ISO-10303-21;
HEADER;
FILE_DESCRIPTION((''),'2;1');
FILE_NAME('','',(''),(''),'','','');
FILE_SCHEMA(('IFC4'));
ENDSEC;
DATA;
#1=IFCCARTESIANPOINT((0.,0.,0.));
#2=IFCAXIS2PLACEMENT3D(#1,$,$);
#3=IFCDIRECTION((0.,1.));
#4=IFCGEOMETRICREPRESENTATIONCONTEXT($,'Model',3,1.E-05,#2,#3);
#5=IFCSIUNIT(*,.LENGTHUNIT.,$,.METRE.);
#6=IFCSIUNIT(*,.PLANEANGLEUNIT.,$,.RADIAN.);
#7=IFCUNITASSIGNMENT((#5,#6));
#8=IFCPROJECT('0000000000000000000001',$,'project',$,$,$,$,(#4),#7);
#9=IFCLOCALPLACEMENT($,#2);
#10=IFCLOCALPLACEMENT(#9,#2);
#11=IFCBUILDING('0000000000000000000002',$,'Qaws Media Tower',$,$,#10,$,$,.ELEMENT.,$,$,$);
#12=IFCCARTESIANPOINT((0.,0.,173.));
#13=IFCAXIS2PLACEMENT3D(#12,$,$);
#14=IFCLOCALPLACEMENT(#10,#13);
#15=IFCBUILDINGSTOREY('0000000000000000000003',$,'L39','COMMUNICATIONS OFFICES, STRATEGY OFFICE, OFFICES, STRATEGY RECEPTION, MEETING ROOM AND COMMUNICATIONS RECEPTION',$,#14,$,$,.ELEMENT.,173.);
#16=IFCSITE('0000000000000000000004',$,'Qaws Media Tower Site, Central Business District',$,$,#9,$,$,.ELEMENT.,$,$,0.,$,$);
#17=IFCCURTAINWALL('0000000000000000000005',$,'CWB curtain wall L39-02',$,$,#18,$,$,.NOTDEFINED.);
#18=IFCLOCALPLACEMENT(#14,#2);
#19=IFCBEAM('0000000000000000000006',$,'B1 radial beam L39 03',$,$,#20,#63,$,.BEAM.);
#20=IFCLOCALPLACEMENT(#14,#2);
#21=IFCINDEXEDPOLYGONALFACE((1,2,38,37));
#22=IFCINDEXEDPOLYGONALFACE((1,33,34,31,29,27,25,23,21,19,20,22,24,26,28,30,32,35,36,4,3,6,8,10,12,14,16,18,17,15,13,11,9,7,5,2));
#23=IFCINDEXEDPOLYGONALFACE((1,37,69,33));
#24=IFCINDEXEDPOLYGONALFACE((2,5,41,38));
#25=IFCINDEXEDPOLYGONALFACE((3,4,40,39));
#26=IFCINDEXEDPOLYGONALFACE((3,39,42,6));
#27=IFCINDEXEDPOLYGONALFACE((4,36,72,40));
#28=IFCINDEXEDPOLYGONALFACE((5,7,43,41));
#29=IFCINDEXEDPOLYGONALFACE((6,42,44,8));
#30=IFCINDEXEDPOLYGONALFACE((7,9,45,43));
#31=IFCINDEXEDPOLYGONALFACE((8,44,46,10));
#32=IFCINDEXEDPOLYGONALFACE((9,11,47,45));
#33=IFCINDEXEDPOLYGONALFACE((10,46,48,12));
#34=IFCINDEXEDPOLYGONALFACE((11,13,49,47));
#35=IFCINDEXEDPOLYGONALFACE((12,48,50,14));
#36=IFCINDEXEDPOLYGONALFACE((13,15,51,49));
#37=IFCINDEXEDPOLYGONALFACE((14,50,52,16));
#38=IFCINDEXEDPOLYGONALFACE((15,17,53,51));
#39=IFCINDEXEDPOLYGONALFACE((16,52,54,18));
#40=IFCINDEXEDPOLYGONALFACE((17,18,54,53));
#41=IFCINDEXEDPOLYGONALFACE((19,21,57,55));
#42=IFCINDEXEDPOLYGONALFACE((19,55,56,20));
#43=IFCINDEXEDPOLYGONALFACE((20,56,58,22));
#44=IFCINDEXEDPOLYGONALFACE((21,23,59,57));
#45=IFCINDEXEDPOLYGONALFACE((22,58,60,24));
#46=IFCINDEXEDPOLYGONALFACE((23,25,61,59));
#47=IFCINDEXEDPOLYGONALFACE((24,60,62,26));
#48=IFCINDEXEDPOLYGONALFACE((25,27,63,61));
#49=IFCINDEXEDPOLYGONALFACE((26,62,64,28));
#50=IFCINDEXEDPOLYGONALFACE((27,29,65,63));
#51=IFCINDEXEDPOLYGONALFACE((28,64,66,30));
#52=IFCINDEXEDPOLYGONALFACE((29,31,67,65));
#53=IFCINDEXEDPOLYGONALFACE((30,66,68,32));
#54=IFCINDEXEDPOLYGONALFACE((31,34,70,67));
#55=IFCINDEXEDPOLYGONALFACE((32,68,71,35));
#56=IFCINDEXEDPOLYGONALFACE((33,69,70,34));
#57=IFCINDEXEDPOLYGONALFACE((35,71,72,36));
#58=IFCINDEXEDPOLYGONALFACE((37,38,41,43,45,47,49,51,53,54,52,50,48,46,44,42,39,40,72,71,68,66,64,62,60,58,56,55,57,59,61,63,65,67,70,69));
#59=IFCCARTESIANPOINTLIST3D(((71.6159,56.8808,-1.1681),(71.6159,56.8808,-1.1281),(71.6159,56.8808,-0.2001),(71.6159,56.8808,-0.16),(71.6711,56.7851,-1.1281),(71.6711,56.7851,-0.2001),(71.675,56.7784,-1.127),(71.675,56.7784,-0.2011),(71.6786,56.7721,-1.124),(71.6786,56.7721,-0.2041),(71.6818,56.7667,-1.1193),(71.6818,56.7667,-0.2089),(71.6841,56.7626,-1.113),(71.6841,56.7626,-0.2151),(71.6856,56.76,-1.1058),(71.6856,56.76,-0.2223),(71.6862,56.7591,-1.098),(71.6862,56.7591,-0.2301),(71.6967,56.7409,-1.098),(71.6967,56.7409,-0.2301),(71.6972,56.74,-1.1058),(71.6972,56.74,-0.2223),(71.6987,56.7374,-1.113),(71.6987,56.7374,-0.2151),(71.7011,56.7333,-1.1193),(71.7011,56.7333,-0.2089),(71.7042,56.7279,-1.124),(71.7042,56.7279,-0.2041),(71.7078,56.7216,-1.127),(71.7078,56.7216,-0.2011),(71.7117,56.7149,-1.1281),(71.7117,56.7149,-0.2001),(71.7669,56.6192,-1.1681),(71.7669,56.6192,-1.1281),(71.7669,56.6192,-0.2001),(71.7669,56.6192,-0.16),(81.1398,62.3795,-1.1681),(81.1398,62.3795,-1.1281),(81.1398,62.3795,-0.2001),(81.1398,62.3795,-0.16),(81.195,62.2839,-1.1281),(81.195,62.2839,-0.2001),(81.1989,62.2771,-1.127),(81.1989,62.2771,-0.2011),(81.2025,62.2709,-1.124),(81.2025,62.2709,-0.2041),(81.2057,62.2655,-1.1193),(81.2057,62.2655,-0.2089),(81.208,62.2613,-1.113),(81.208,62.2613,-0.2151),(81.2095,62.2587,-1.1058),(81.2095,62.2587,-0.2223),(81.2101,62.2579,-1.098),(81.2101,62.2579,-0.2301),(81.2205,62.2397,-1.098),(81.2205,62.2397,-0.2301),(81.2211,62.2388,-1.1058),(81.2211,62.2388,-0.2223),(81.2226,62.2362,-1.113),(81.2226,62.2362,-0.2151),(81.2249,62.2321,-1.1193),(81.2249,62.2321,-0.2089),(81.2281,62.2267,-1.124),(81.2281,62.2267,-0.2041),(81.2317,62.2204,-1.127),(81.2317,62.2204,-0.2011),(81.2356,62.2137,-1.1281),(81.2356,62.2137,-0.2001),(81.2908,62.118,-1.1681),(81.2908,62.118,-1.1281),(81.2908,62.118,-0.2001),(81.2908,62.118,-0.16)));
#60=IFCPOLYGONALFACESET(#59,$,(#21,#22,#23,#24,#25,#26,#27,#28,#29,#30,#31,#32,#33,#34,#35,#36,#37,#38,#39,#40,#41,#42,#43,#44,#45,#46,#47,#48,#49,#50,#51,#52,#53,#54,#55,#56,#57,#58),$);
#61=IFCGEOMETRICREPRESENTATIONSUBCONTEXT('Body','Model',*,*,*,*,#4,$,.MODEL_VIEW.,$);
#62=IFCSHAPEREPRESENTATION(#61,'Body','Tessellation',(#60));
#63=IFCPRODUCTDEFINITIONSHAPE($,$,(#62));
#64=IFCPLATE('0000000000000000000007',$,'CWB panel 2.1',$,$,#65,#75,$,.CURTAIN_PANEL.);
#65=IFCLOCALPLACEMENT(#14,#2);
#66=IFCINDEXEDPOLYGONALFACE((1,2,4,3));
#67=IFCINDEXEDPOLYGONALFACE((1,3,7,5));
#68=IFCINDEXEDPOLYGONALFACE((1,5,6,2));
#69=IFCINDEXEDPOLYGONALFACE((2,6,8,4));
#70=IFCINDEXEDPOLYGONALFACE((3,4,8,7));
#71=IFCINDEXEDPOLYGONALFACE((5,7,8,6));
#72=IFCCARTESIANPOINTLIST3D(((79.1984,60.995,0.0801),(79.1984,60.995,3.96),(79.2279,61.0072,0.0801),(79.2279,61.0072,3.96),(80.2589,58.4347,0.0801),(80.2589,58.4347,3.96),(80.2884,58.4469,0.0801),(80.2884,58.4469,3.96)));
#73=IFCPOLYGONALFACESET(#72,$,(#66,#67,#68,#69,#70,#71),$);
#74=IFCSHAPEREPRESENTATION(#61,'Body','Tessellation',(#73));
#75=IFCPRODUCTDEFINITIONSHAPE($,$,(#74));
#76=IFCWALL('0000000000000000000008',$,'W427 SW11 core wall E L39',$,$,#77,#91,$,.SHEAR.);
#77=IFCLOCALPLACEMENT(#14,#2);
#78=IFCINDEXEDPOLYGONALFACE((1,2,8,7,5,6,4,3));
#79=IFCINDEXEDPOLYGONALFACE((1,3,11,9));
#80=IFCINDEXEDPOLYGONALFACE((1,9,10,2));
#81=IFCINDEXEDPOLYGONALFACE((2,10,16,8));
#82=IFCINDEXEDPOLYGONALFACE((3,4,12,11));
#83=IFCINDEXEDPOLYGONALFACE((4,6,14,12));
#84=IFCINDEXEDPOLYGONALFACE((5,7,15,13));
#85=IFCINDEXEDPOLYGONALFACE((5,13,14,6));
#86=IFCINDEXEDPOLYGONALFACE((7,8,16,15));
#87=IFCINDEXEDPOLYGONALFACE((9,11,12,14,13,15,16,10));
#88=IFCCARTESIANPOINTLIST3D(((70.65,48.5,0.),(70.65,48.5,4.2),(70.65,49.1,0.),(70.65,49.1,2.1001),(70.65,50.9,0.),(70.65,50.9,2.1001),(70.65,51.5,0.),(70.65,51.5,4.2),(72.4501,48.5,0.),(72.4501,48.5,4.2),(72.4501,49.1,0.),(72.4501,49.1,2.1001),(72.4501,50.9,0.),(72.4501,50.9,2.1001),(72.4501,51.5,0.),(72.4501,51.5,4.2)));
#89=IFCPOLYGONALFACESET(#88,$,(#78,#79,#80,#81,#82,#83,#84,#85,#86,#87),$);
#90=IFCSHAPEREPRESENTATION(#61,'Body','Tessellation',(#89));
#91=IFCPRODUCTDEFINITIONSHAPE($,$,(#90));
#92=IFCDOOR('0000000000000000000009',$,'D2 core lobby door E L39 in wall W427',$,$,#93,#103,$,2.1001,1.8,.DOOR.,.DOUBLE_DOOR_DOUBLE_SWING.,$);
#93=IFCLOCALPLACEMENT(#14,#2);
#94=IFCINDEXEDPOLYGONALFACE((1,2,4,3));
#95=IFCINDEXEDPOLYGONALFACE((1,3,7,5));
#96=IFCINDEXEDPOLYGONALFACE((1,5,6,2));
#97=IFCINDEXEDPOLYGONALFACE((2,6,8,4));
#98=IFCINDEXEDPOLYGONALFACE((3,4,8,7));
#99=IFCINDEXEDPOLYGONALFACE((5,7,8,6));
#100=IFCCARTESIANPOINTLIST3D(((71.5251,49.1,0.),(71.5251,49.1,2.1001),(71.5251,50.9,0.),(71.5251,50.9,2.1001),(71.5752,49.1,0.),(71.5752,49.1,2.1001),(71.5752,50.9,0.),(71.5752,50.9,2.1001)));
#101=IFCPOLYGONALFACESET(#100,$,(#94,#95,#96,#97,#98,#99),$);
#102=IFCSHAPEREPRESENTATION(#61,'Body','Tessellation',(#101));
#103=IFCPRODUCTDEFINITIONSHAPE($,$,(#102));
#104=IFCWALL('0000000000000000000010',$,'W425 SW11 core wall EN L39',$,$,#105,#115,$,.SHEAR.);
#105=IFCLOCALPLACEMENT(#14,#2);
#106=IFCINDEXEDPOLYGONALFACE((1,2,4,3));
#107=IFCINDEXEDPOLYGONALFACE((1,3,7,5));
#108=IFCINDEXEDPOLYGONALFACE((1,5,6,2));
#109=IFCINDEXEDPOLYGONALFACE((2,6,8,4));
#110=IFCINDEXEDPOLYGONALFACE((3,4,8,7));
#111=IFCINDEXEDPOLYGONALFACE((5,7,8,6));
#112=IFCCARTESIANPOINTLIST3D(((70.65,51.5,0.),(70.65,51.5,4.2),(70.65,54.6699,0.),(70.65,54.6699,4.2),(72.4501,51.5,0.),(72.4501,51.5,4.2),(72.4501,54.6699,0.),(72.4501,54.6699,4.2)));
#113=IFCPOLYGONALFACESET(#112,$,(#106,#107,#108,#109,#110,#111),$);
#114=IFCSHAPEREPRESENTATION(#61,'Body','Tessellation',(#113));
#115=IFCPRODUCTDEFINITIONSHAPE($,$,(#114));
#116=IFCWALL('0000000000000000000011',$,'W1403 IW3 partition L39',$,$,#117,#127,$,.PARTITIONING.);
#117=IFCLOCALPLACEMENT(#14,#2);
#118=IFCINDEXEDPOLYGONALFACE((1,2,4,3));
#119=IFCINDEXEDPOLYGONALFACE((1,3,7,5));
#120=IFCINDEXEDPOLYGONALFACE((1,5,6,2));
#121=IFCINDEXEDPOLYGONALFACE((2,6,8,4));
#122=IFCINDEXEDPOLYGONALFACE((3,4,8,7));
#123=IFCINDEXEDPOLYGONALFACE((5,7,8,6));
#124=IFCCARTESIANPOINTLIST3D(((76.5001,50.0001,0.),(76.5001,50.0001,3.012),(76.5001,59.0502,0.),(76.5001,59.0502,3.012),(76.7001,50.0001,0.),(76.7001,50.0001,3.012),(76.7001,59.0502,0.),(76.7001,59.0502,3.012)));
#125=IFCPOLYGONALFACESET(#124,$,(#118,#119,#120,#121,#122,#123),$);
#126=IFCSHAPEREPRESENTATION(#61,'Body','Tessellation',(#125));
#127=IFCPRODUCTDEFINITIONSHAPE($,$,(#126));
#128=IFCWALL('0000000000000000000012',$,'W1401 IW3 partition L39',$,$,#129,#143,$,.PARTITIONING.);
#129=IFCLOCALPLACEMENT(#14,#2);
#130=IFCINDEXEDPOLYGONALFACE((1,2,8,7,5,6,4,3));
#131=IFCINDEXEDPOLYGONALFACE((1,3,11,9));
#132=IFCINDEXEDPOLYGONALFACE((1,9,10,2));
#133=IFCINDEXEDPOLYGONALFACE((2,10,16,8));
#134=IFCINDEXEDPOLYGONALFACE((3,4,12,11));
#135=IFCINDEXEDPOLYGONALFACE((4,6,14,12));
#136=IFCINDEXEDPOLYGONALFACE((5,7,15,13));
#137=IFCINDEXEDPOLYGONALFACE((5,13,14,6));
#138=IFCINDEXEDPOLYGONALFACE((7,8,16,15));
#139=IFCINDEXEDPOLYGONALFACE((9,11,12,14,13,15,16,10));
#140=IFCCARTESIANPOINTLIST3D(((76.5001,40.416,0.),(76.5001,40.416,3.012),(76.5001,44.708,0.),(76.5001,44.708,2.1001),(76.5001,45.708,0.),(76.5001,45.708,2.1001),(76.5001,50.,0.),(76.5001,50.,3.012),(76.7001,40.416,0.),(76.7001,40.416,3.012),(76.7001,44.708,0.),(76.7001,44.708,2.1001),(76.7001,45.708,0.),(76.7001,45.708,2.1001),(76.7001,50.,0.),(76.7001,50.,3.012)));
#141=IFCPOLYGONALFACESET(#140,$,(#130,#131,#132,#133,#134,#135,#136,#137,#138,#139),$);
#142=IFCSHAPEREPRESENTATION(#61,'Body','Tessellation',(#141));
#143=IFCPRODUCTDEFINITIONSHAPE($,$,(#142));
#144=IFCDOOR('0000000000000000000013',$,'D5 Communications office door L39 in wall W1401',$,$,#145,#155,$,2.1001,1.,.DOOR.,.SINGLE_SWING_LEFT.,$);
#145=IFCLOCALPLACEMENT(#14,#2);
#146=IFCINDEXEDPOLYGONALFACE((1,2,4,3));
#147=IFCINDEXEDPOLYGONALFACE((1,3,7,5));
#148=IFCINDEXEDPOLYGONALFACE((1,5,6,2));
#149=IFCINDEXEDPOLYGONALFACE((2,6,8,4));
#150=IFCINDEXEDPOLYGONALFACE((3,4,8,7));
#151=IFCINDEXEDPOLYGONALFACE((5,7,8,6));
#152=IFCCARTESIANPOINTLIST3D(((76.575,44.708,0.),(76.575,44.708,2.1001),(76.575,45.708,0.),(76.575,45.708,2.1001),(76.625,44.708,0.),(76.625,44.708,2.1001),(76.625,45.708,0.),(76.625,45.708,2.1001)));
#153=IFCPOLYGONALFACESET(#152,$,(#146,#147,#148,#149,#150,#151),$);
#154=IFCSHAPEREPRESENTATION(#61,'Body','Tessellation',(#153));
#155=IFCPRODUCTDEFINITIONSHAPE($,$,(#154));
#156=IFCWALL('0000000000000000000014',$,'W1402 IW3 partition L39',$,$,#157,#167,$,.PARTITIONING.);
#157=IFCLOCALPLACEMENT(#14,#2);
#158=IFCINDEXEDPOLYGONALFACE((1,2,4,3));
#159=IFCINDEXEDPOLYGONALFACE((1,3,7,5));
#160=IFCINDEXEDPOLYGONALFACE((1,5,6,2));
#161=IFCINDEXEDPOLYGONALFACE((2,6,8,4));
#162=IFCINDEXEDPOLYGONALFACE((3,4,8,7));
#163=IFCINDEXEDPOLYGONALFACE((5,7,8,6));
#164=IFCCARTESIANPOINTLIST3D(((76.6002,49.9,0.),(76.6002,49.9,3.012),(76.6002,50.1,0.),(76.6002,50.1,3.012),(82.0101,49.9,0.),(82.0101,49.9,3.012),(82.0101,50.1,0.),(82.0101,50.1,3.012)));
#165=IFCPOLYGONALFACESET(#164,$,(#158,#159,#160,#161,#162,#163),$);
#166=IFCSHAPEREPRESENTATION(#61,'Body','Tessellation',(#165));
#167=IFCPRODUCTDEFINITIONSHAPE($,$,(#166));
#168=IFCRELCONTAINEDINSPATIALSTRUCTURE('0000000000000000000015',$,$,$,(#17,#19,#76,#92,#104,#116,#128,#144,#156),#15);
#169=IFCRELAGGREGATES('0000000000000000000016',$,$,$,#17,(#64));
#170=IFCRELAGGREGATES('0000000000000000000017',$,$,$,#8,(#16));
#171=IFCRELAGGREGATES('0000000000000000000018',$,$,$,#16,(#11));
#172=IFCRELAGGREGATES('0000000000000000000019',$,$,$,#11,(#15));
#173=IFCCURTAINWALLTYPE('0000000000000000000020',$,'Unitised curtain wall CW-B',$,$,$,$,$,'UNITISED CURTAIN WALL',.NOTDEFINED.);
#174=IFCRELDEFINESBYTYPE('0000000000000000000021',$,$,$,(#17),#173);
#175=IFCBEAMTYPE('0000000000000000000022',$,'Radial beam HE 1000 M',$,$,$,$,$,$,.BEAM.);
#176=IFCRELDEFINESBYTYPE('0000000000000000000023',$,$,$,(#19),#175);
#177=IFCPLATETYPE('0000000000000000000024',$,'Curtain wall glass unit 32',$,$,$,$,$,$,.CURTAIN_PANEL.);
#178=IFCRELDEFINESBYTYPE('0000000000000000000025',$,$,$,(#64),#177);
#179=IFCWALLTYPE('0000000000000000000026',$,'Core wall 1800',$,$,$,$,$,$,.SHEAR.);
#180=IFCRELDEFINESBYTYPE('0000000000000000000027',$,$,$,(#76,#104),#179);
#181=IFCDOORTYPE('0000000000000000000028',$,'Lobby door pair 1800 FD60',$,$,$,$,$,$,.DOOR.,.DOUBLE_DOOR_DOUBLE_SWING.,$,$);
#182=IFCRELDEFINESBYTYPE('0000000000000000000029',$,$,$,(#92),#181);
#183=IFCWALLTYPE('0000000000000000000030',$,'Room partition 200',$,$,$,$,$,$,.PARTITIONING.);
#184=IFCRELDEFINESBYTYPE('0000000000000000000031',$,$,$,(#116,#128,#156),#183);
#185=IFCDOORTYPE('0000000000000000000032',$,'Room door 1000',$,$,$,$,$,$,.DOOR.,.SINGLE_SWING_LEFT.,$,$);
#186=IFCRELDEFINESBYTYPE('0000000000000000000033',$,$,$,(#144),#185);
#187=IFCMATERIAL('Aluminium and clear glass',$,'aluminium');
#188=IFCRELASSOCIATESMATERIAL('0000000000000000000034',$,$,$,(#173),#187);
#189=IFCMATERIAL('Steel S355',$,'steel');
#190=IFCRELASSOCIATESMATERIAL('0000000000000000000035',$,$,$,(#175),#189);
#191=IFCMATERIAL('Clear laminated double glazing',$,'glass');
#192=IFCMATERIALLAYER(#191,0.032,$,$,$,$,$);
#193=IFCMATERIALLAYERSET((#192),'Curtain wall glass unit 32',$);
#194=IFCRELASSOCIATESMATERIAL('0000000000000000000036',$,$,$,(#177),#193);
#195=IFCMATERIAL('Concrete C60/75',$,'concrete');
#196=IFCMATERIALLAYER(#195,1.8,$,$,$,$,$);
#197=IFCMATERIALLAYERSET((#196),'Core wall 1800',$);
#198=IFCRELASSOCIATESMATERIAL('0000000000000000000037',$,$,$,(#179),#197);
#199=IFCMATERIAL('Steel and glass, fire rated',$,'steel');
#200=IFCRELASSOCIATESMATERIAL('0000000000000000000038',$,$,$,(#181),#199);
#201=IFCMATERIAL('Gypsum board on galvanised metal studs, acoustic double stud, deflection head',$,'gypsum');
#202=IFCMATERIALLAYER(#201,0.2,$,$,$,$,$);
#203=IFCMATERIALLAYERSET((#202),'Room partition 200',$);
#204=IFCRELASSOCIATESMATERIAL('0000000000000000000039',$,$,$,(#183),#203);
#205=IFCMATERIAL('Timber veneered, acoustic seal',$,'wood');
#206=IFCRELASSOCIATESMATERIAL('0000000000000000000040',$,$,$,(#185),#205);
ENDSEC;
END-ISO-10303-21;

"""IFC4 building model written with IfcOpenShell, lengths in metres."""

from ifc_helpers import new_model, si_unit, direction, frame, frame_2d, origin, origin_2d, place, context, subcontext, project, spatial, rectangle, i_section, extrude, material, layer, layer_set, material_profile, profile_set, type_object, element, fill, aggregate, save


model = new_model("IFC4")

# Units and contexts
model_context = context("Model", 3, precision=1e-05, world=origin(), true_north=direction((0.0, 1.0)))
body_context = subcontext(model_context, "Body", "Model", "MODEL_VIEW")
ifc_project = project(units=[si_unit("LENGTHUNIT", "METRE"), si_unit("PLANEANGLEUNIT", "RADIAN")], contexts=[model_context])

# Site, building, storey
site_placement = place(None, origin())
site = spatial("IfcSite", under=ifc_project, at=site_placement, Name="Qaws Media Tower Site, Central Business District", CompositionType="ELEMENT", RefElevation=0.0)
building_placement = place(site_placement, origin())
building = spatial("IfcBuilding", under=site, at=building_placement, Name="Qaws Media Tower", CompositionType="ELEMENT")
storey_placement = place(building_placement, frame((0.0, 0.0, 173.0)))
storey = spatial("IfcBuildingStorey", under=building, at=storey_placement, Name="L39", Description="COMMUNICATIONS OFFICES, STRATEGY OFFICE, OFFICES, STRATEGY RECEPTION, MEETING ROOM AND COMMUNICATIONS RECEPTION", CompositionType="ELEMENT", Elevation=173.0)

# Curtain wall
ifc_material_1 = material(Name="Aluminium and clear glass", Category="aluminium")
curtain_wall_type = type_object("IfcCurtainWallType", Name="Unitised curtain wall CW-B", ElementType="UNITISED CURTAIN WALL", PredefinedType="NOTDEFINED", material=ifc_material_1)
curtain_wall_placement = place(storey_placement, origin())
curtain_wall = element("IfcCurtainWall", 1, at=curtain_wall_placement, inside=storey, type_object=curtain_wall_type, Name="CWB curtain wall L39-02", PredefinedType="NOTDEFINED")

# Beam
ifc_material_2 = material(Name="Steel S355", Category="steel")
ifc_material_profile_1 = material_profile(ifc_material_2, i_section(OverallWidth=0.302, OverallDepth=1.0081, WebThickness=0.021, FlangeThickness=0.04, FilletRadius=0.03, at=origin_2d()), Name="HE 1000 M")
ifc_profile_set_1 = profile_set([ifc_material_profile_1], Name="Steel S355")
beam_type_1 = type_object("IfcBeamType", Name="Radial beam HE 1000 M", PredefinedType="BEAM", material=ifc_profile_set_1)
beam_1_placement = place(storey_placement, frame((71.6914, 56.75, -0.6641), z_axis=(0.86602, 0.500009, 0.0), x_axis=(-0.500009, 0.86602, 0.0)))
element("IfcBeam", 2, at=beam_1_placement, inside=storey, type_object=beam_type_1, Name="B1 radial beam L39 03", PredefinedType="BEAM", context=body_context, shape_type="SweptSolid", body=[
    extrude(i_section(OverallWidth=0.302, OverallDepth=1.0081, WebThickness=0.021, FlangeThickness=0.04, FilletRadius=0.03, at=origin_2d()), origin(), (0.0, 0.0, 1.0), 10.9973),
])

# Plate
ifc_material_3 = material(Name="Clear laminated double glazing", Category="glass")
ifc_layer_1 = layer(ifc_material_3, 0.032)
ifc_layer_set_1 = layer_set([ifc_layer_1], Name="Curtain wall glass unit 32")
plate_type = type_object("IfcPlateType", Name="Curtain wall glass unit 32", PredefinedType="CURTAIN_PANEL", material=ifc_layer_set_1)
plate_placement = place(storey_placement, frame((79.7434, 59.7209, 0.0801), z_axis=(0.0, 0.0, 1.0), x_axis=(-0.382683, 0.92388, 0.0)))
plate = element("IfcPlate", 3, at=plate_placement, type_object=plate_type, Name="CWB panel 2.1", PredefinedType="CURTAIN_PANEL", context=body_context, shape_type="SweptSolid", body=[
    extrude(rectangle(XDim=2.7712, YDim=0.032, at=origin_2d()), origin(), (0.0, 0.0, 1.0), 3.8799),
])
aggregate(curtain_wall, [plate])

# Wall, opening, door
ifc_material_4 = material(Name="Concrete C60/75", Category="concrete")
ifc_layer_2 = layer(ifc_material_4, 1.8)
ifc_layer_set_2 = layer_set([ifc_layer_2], Name="Core wall 1800")
wall_type_1 = type_object("IfcWallType", Name="Core wall 1800", PredefinedType="SHEAR", material=ifc_layer_set_2)
wall_1_placement = place(storey_placement, frame((71.55, 48.5, 0.0), z_axis=(0.0, 0.0, 1.0), x_axis=(0.0, 1.0, 0.0)))
wall_1 = element("IfcWall", 4, at=wall_1_placement, inside=storey, type_object=wall_type_1, Name="W427 SW11 core wall E L39", PredefinedType="SHEAR", context=body_context, shape_type="SweptSolid", body=[
    extrude(rectangle(XDim=3.0, YDim=1.8, at=frame_2d((1.5, 0.0))), origin(), (0.0, 0.0, 1.0), 4.2),
])
opening_1_placement = place(wall_1_placement, frame((0.6001, 0.0, 0.0)))
opening_1 = element("IfcOpeningElement", 5, at=opening_1_placement, cuts=wall_1, PredefinedType="OPENING", context=body_context, shape_type="SweptSolid", body=[
    extrude(rectangle(XDim=1.8, YDim=2.1001, at=frame_2d((0.8999, 1.05))), frame((0.0, 0.9099, 0.0), z_axis=(0.0, -1.0, 0.0), x_axis=(1.0, 0.0, 0.0)), (0.0, 0.0, 1.0), 1.8201),
])
ifc_material_5 = material(Name="Steel and glass, fire rated", Category="steel")
door_type_1 = type_object("IfcDoorType", Name="Lobby door pair 1800 FD60", OperationType="DOUBLE_DOOR_DOUBLE_SWING", PredefinedType="DOOR", material=ifc_material_5)
door_1_placement = place(opening_1_placement, origin())
door_1 = element("IfcDoor", 6, at=door_1_placement, inside=storey, type_object=door_type_1, Name="D2 core lobby door E L39 in wall W427", OperationType="DOUBLE_DOOR_DOUBLE_SWING", OverallHeight=2.1001, OverallWidth=1.8, PredefinedType="DOOR", context=body_context, shape_type="SweptSolid", body=[
    extrude(rectangle(XDim=1.8, YDim=2.1001, at=frame_2d((0.8999, 1.05))), frame((0.0, 0.0249, 0.0), z_axis=(0.0, -1.0, 0.0), x_axis=(1.0, 0.0, 0.0)), (0.0, 0.0, 1.0), 0.05),
])
fill(opening_1, door_1)

# Walls
wall_2_placement = place(storey_placement, frame((71.55, 51.5, 0.0), z_axis=(0.0, 0.0, 1.0), x_axis=(0.0, 1.0, 0.0)))
element("IfcWall", 7, at=wall_2_placement, inside=storey, type_object=wall_type_1, Name="W425 SW11 core wall EN L39", PredefinedType="SHEAR", context=body_context, shape_type="SweptSolid", body=[
    extrude(rectangle(XDim=3.1699, YDim=1.8, at=frame_2d((1.585, 0.0))), origin(), (0.0, 0.0, 1.0), 4.2),
])
ifc_material_6 = material(Name="Gypsum board on galvanised metal studs, acoustic double stud, deflection head", Category="gypsum")
ifc_layer_3 = layer(ifc_material_6, 0.2)
ifc_layer_set_3 = layer_set([ifc_layer_3], Name="Room partition 200")
wall_type_2 = type_object("IfcWallType", Name="Room partition 200", PredefinedType="PARTITIONING", material=ifc_layer_set_3)
wall_3_placement = place(storey_placement, frame((76.6001, 59.05, 0.0), z_axis=(0.0, 0.0, 1.0), x_axis=(0.0, -1.0, 0.0)))
element("IfcWall", 8, at=wall_3_placement, inside=storey, type_object=wall_type_2, Name="W1403 IW3 partition L39", PredefinedType="PARTITIONING", context=body_context, shape_type="SweptSolid", body=[
    extrude(rectangle(XDim=9.05, YDim=0.2, at=frame_2d((4.5249, 0.0))), origin(), (0.0, 0.0, 1.0), 3.012),
])

# Wall, opening, door
wall_4_placement = place(storey_placement, frame((76.6001, 50.0, 0.0), z_axis=(0.0, 0.0, 1.0), x_axis=(0.0, -1.0, 0.0)))
wall_4 = element("IfcWall", 9, at=wall_4_placement, inside=storey, type_object=wall_type_2, Name="W1401 IW3 partition L39", PredefinedType="PARTITIONING", context=body_context, shape_type="SweptSolid", body=[
    extrude(rectangle(XDim=9.584, YDim=0.2, at=frame_2d((4.792, 0.0))), origin(), (0.0, 0.0, 1.0), 3.012),
])
opening_2_placement = place(wall_4_placement, frame((4.292, 0.0, 0.0)))
opening_2 = element("IfcOpeningElement", 10, at=opening_2_placement, cuts=wall_4, PredefinedType="OPENING", context=body_context, shape_type="SweptSolid", body=[
    extrude(rectangle(XDim=1.0, YDim=2.1001, at=frame_2d((0.5, 1.05))), frame((0.0, 0.1099, 0.0), z_axis=(0.0, -1.0, 0.0), x_axis=(1.0, 0.0, 0.0)), (0.0, 0.0, 1.0), 0.22),
])
ifc_material_7 = material(Name="Timber veneered, acoustic seal", Category="wood")
door_type_2 = type_object("IfcDoorType", Name="Room door 1000", OperationType="SINGLE_SWING_LEFT", PredefinedType="DOOR", material=ifc_material_7)
door_2_placement = place(opening_2_placement, origin())
door_2 = element("IfcDoor", 11, at=door_2_placement, inside=storey, type_object=door_type_2, Name="D5 Communications office door L39 in wall W1401", OperationType="SINGLE_SWING_LEFT", OverallHeight=2.1001, OverallWidth=1.0, PredefinedType="DOOR", context=body_context, shape_type="SweptSolid", body=[
    extrude(rectangle(XDim=1.0, YDim=2.1001, at=frame_2d((0.5, 1.05))), frame((0.0, 0.0249, 0.0), z_axis=(0.0, -1.0, 0.0), x_axis=(1.0, 0.0, 0.0)), (0.0, 0.0, 1.0), 0.05),
])
fill(opening_2, door_2)

# Wall
wall_5_placement = place(storey_placement, frame((76.6001, 50.0, 0.0), z_axis=(0.0, 0.0, 1.0), x_axis=(1.0, 0.0, 0.0)))
element("IfcWall", 12, at=wall_5_placement, inside=storey, type_object=wall_type_2, Name="W1402 IW3 partition L39", PredefinedType="PARTITIONING", context=body_context, shape_type="SweptSolid", body=[
    extrude(rectangle(XDim=5.4099, YDim=0.2, at=frame_2d((2.7051, 0.0))), origin(), (0.0, 0.0, 1.0), 3.012),
])

save(model, "model.ifc")
